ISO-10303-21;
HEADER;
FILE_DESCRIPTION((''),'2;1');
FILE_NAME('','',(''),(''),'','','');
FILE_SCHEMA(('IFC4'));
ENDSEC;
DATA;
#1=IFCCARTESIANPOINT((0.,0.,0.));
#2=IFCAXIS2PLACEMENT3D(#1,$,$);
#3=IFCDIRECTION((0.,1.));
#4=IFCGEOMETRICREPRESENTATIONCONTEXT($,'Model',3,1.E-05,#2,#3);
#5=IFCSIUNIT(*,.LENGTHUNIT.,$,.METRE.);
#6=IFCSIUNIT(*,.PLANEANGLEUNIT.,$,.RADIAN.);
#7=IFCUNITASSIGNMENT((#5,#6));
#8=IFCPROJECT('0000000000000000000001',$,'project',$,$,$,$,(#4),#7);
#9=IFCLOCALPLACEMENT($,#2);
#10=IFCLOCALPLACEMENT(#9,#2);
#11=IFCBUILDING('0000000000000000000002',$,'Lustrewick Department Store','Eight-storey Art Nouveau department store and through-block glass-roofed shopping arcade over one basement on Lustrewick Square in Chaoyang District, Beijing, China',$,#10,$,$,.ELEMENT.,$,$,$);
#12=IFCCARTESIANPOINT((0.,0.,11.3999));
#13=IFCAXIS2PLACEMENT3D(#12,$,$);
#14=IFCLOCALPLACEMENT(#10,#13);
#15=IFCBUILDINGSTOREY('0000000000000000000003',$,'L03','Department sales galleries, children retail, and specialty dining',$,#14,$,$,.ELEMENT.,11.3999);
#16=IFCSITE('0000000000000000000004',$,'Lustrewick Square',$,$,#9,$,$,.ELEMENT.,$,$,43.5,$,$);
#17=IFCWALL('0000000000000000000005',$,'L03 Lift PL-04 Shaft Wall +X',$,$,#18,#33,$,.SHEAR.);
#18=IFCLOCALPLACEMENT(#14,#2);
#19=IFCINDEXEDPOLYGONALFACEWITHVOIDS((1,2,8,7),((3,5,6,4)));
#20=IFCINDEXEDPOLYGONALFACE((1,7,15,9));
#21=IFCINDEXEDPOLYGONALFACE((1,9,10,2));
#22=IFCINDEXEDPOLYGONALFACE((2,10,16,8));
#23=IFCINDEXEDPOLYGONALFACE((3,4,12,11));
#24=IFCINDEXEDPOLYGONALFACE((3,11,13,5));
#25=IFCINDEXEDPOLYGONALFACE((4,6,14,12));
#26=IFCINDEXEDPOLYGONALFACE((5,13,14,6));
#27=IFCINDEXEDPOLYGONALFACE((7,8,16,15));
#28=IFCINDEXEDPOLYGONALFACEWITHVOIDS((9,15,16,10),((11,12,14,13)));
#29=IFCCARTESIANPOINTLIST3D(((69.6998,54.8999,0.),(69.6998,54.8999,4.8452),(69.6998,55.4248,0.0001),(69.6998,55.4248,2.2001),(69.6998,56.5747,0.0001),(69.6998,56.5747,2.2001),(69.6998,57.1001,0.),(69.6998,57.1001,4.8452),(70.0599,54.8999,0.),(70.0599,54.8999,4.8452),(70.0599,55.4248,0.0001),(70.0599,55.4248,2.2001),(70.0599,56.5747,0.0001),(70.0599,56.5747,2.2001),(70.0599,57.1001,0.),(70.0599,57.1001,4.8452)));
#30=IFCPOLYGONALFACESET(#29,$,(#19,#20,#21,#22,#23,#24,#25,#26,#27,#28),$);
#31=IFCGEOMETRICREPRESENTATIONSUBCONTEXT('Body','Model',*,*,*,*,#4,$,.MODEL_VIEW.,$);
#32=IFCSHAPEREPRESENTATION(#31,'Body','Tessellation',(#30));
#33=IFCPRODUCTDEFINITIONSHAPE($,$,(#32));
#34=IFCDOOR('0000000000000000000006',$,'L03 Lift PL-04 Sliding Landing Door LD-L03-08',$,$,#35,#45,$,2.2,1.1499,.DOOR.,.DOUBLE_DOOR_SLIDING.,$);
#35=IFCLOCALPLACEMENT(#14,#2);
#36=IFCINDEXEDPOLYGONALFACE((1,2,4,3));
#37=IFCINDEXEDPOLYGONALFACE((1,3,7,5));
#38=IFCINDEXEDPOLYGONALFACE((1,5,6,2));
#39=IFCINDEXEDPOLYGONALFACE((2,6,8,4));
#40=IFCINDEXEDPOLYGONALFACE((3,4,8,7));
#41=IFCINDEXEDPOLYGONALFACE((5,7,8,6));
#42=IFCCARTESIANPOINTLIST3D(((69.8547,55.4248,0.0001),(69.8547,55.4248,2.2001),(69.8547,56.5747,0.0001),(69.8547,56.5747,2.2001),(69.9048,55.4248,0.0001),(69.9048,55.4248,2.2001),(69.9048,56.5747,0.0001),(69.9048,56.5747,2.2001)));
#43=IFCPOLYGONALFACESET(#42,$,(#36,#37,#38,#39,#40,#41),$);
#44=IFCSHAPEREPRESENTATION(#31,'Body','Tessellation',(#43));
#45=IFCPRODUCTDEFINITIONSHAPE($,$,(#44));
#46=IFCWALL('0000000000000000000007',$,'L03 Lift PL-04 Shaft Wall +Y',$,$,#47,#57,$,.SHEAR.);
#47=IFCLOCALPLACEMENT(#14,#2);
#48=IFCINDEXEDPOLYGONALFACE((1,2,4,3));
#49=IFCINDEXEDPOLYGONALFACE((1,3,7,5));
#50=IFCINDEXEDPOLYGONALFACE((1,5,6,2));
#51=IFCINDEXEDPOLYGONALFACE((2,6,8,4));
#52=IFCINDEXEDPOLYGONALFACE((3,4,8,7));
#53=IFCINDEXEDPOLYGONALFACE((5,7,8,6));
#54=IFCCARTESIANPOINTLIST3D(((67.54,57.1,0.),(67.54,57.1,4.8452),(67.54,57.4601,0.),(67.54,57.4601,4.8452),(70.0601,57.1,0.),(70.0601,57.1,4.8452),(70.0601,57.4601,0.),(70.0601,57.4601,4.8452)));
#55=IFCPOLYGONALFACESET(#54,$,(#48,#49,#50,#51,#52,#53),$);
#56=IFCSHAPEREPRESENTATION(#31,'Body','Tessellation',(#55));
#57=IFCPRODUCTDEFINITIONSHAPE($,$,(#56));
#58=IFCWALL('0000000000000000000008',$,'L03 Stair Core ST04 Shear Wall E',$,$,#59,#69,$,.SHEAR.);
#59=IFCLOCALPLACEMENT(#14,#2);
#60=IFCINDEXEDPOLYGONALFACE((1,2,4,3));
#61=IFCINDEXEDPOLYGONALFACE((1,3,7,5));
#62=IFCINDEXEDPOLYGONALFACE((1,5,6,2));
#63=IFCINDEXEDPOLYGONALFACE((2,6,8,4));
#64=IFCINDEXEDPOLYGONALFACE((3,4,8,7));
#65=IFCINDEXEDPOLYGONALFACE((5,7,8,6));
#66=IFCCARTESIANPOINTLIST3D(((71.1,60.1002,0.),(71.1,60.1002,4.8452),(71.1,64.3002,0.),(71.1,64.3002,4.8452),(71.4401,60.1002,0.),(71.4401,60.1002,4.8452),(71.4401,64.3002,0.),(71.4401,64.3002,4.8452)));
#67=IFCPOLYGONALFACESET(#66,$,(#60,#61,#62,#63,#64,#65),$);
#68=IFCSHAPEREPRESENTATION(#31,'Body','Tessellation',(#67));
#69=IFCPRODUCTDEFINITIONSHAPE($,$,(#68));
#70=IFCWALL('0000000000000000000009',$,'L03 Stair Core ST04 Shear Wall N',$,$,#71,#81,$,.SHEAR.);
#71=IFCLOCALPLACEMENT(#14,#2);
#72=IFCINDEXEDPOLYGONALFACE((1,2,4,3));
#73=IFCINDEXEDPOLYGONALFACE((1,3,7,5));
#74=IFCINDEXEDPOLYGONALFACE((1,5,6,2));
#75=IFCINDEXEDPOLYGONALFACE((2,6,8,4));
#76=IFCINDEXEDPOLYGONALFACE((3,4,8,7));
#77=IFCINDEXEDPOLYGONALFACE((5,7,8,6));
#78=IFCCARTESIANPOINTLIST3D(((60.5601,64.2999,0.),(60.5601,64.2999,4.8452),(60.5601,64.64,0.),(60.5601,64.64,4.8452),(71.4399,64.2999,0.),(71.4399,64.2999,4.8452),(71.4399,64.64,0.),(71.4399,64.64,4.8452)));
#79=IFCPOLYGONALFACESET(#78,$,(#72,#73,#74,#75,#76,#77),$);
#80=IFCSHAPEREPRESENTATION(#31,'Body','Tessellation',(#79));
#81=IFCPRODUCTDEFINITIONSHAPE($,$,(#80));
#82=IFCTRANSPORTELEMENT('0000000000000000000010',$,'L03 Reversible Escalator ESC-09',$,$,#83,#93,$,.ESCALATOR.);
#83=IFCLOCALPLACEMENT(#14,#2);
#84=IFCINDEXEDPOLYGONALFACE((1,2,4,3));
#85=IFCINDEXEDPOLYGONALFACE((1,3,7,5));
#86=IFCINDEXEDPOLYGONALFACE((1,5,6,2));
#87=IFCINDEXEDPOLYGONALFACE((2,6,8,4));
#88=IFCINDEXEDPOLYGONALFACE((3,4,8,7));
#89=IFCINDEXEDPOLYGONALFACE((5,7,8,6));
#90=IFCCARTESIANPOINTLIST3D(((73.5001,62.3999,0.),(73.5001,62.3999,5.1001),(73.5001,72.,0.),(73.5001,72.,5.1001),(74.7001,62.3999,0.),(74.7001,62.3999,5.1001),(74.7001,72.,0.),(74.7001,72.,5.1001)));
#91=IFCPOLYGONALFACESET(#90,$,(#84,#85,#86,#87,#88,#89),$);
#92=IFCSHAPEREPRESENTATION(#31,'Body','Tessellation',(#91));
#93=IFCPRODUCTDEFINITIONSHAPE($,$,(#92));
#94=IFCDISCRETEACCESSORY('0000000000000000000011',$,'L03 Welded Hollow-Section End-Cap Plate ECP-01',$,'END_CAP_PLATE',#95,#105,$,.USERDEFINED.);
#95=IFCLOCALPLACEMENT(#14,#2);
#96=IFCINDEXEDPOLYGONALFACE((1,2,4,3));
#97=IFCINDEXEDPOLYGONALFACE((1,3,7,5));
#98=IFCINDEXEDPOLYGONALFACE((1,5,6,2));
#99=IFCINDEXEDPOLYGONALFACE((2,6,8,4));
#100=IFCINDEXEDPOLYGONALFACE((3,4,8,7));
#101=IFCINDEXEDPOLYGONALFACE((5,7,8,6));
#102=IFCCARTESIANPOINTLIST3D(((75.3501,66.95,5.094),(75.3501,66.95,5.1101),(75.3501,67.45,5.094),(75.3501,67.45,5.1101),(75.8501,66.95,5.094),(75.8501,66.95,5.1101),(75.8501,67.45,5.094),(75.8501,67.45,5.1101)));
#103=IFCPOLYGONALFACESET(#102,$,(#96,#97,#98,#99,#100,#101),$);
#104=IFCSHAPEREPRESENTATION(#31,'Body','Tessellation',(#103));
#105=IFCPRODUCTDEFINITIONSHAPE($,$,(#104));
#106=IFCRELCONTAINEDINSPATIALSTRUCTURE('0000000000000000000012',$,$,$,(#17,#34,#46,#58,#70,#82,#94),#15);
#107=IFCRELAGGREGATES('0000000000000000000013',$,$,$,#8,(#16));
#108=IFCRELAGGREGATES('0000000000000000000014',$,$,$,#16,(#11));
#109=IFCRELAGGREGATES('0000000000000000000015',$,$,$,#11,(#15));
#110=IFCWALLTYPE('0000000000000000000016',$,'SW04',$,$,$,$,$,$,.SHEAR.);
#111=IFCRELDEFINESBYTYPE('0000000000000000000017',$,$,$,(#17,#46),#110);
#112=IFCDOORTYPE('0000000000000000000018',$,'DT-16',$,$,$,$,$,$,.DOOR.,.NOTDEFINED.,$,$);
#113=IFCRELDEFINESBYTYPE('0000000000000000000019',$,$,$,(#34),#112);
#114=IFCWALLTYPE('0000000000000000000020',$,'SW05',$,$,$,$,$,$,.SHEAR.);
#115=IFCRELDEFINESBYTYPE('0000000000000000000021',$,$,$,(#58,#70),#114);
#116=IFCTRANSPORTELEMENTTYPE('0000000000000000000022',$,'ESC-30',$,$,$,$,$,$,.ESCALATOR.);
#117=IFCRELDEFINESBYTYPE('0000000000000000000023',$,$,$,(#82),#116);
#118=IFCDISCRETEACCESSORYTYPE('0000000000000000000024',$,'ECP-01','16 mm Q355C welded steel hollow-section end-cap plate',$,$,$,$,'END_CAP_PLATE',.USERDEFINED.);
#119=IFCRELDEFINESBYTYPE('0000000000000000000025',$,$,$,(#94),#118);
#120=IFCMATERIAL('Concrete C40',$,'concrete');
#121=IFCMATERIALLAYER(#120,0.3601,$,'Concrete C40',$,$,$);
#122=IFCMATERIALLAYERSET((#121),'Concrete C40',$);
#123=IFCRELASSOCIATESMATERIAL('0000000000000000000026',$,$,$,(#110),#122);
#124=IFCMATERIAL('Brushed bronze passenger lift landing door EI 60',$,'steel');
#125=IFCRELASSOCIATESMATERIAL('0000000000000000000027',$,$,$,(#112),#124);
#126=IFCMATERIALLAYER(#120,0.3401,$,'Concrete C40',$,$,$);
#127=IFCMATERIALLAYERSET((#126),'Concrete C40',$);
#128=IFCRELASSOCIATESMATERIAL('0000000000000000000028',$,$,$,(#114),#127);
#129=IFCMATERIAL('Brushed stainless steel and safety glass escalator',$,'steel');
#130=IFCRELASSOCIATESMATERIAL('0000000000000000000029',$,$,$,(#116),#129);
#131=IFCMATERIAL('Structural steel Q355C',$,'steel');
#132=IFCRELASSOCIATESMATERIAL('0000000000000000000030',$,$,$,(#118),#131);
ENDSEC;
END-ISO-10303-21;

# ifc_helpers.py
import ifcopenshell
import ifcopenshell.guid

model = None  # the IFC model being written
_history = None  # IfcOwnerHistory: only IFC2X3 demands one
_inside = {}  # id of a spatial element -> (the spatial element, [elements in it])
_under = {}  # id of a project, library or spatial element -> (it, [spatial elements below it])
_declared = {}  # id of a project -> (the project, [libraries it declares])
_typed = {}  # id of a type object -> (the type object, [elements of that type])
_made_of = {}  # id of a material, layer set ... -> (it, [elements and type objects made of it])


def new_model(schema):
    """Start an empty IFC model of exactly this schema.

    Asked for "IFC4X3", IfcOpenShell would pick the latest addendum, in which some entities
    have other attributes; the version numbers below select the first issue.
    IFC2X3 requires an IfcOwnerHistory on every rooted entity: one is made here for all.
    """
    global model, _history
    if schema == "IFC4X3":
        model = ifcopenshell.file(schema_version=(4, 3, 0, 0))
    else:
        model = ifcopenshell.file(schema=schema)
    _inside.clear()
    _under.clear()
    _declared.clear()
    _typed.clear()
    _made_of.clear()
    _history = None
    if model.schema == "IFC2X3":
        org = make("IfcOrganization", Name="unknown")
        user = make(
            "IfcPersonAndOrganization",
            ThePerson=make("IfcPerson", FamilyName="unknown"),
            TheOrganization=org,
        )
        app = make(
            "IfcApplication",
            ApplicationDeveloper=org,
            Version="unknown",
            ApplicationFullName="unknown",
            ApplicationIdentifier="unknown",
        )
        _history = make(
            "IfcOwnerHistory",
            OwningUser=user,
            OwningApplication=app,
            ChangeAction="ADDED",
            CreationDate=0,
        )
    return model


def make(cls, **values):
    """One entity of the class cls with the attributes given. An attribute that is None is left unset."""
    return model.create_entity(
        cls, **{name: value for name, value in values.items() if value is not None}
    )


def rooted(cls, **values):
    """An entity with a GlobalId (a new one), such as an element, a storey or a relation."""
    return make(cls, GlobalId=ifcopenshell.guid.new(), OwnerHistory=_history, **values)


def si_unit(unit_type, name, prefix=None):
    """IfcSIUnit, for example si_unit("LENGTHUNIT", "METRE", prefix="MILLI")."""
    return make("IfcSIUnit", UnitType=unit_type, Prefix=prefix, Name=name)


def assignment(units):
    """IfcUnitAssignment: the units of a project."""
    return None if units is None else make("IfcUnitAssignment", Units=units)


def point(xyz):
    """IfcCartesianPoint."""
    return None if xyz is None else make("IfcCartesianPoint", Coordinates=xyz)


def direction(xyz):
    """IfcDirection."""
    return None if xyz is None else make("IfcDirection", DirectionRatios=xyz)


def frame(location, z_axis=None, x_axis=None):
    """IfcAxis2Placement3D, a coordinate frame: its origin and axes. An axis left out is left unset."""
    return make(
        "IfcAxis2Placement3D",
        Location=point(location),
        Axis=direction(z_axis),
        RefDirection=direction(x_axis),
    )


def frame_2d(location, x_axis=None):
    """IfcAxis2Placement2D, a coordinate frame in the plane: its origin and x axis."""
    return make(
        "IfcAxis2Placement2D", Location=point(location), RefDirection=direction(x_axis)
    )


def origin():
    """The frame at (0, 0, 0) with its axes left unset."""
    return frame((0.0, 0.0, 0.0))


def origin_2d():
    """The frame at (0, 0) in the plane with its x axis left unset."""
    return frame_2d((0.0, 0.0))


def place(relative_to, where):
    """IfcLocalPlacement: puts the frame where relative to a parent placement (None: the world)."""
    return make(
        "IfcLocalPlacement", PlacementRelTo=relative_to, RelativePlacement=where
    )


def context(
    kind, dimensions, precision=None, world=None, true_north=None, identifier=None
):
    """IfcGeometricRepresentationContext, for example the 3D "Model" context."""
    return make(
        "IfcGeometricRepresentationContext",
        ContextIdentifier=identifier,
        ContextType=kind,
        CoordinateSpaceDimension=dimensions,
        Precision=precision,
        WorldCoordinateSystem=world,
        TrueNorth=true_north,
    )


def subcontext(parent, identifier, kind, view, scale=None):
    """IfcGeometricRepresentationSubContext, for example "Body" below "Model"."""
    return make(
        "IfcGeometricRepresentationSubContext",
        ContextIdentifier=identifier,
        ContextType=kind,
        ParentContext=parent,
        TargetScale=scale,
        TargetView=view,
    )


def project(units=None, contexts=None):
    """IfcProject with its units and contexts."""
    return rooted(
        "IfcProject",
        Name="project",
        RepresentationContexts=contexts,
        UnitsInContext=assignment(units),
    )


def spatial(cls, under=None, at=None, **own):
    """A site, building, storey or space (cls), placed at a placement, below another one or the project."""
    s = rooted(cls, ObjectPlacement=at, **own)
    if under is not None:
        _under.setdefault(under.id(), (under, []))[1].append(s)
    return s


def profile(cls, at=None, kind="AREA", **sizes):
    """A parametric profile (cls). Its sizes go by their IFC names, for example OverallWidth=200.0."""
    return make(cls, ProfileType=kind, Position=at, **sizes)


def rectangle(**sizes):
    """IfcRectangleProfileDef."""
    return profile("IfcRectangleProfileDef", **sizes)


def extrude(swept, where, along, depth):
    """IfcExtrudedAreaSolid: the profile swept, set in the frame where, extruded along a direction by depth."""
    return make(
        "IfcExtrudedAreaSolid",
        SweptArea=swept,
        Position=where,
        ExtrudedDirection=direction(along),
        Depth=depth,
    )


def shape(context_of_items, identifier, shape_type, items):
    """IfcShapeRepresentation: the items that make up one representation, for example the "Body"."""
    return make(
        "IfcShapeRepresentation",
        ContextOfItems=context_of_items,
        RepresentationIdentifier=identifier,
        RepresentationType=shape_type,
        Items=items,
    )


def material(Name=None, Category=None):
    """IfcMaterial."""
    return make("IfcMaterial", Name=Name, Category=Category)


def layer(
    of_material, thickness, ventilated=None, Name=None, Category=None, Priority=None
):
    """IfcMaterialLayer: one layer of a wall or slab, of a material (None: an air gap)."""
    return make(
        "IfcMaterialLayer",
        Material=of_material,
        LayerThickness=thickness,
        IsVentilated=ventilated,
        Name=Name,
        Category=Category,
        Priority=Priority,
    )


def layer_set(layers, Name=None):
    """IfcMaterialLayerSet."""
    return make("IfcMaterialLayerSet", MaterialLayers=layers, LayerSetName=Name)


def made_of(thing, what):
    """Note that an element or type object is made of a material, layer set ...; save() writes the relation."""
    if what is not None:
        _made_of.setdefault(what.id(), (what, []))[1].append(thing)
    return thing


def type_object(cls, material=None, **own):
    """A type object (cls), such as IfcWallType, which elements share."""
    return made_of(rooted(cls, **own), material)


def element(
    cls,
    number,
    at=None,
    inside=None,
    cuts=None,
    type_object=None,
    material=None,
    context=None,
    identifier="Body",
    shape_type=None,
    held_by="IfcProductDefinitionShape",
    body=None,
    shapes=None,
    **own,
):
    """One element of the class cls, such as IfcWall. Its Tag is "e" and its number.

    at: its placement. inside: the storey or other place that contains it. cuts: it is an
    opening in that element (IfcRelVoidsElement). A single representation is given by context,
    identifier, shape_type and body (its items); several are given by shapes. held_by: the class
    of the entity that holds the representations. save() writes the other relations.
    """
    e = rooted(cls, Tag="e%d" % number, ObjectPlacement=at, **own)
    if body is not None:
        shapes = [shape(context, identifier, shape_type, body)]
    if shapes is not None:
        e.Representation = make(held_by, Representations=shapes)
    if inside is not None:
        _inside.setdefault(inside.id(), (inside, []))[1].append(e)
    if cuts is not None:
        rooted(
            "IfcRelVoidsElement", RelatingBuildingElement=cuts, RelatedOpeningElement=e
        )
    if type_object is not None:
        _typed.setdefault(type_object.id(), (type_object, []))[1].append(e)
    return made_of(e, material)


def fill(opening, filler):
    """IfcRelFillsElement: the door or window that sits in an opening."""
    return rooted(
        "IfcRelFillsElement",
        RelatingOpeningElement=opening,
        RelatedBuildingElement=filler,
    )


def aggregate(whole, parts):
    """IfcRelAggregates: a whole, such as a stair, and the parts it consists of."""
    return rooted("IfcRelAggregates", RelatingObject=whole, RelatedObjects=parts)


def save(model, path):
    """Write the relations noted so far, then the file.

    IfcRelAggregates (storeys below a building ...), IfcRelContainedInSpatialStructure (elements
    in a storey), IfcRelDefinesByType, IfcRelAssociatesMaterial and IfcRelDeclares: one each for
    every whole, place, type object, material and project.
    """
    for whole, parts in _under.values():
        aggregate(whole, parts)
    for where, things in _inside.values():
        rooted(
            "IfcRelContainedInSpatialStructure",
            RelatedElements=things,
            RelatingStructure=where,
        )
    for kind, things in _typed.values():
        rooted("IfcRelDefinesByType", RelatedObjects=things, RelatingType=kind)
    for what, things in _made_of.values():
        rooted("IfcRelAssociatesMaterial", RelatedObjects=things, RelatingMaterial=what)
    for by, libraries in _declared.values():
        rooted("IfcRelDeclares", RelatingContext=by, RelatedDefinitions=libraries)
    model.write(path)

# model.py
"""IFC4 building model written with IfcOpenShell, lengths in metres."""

from ifc_helpers import new_model, si_unit, direction, frame, frame_2d, origin, origin_2d, place, context, subcontext, project, spatial, rectangle, extrude, material, layer, layer_set, type_object, element, fill, save


model = new_model("IFC4")

# Units and contexts
model_context = context("Model", 3, precision=1e-05, world=origin(), true_north=direction((0.0, 1.0)))
body_context = subcontext(model_context, "Body", "Model", "MODEL_VIEW")
ifc_project = project(units=[si_unit("LENGTHUNIT", "METRE"), si_unit("PLANEANGLEUNIT", "RADIAN")], contexts=[model_context])

# Site, building, storey
site_placement = place(None, origin())
site = spatial("IfcSite", under=ifc_project, at=site_placement, Name="Lustrewick Square", CompositionType="ELEMENT", RefElevation=43.5)
building_placement = place(site_placement, origin())
building = spatial("IfcBuilding", under=site, at=building_placement, Name="Lustrewick Department Store", Description="Eight-storey Art Nouveau department store and through-block glass-roofed shopping arcade over one basement on Lustrewick Square in Chaoyang District, Beijing, China", CompositionType="ELEMENT")
storey_placement = place(building_placement, frame((0.0, 0.0, 11.3999)))
storey = spatial("IfcBuildingStorey", under=building, at=storey_placement, Name="L03", Description="Department sales galleries, children retail, and specialty dining", CompositionType="ELEMENT", Elevation=11.3999)

# Shared definitions
ifc_material_1 = material(Name="Structural steel Q355C", Category="steel")

# Shared definitions
ifc_material_2 = material(Name="Concrete C40", Category="concrete")
ifc_layer_1 = layer(ifc_material_2, 0.3601, Name="Concrete C40")
ifc_layer_set_1 = layer_set([ifc_layer_1], Name="Concrete C40")
wall_type_1 = type_object("IfcWallType", Name="SW04", PredefinedType="SHEAR", material=ifc_layer_set_1)

# Wall, opening, door
wall_1_placement = place(storey_placement, frame((69.8799, 54.8999, 0.0), z_axis=(0.0, 0.0, 1.0), x_axis=(0.0, 1.0, 0.0)))
wall_1 = element("IfcWall", 1, at=wall_1_placement, inside=storey, type_object=wall_type_1, Name="L03 Lift PL-04 Shaft Wall +X", PredefinedType="SHEAR", context=body_context, shape_type="SweptSolid", body=[
    extrude(rectangle(XDim=2.2002, YDim=0.3601, at=frame_2d((1.1001, 0.0))), origin(), (0.0, 0.0, 1.0), 4.8452),
])
opening_1_placement = place(wall_1_placement, frame((0.5249, 0.0, 0.0)))
opening_1 = element("IfcOpeningElement", 2, at=opening_1_placement, cuts=wall_1, PredefinedType="OPENING", context=body_context, shape_type="SweptSolid", body=[
    extrude(rectangle(XDim=1.1499, YDim=2.2, at=frame_2d((0.575, 1.1001))), frame((0.0, 0.1899, 0.0), z_axis=(0.0, -1.0, 0.0), x_axis=(1.0, 0.0, 0.0)), (0.0, 0.0, 1.0), 0.3801),
])
ifc_material_3 = material(Name="Brushed bronze passenger lift landing door EI 60", Category="steel")
door_type_1 = type_object("IfcDoorType", Name="DT-16", OperationType="NOTDEFINED", PredefinedType="DOOR", material=ifc_material_3)
door_1_placement = place(opening_1_placement, frame((1.1499, 0.0, 0.0), z_axis=(0.0, 0.0, 1.0), x_axis=(-1.0, 0.0, 0.0)))
door_1 = element("IfcDoor", 3, at=door_1_placement, inside=storey, type_object=door_type_1, Name="L03 Lift PL-04 Sliding Landing Door LD-L03-08", OperationType="DOUBLE_DOOR_SLIDING", OverallHeight=2.2, OverallWidth=1.1499, PredefinedType="DOOR", context=body_context, shape_type="SweptSolid", body=[
    extrude(rectangle(XDim=1.1499, YDim=2.2, at=frame_2d((0.575, 1.1001))), frame((0.0, 0.0249, 0.0), z_axis=(0.0, -1.0, 0.0), x_axis=(1.0, 0.0, 0.0)), (0.0, 0.0, 1.0), 0.05),
])
fill(opening_1, door_1)

# Walls
wall_2_placement = place(storey_placement, frame((70.0601, 57.28, 0.0), z_axis=(0.0, 0.0, 1.0), x_axis=(-1.0, 0.0, 0.0)))
element("IfcWall", 4, at=wall_2_placement, inside=storey, type_object=wall_type_1, Name="L03 Lift PL-04 Shaft Wall +Y", PredefinedType="SHEAR", context=body_context, shape_type="SweptSolid", body=[
    extrude(rectangle(XDim=2.52, YDim=0.3601, at=frame_2d((1.26, 0.0))), origin(), (0.0, 0.0, 1.0), 4.8452),
])
ifc_layer_2 = layer(ifc_material_2, 0.3401, Name="Concrete C40")
ifc_layer_set_2 = layer_set([ifc_layer_2], Name="Concrete C40")
wall_type_2 = type_object("IfcWallType", Name="SW05", PredefinedType="SHEAR", material=ifc_layer_set_2)
wall_3_placement = place(storey_placement, frame((71.27, 60.1001, 0.0), z_axis=(0.0, 0.0, 1.0), x_axis=(0.0, 1.0, 0.0)))
element("IfcWall", 5, at=wall_3_placement, inside=storey, type_object=wall_type_2, Name="L03 Stair Core ST04 Shear Wall E", PredefinedType="SHEAR", context=body_context, shape_type="SweptSolid", body=[
    extrude(rectangle(XDim=4.2, YDim=0.3401, at=frame_2d((2.1001, 0.0))), origin(), (0.0, 0.0, 1.0), 4.8452),
])
wall_4_placement = place(storey_placement, frame((71.4399, 64.47, 0.0), z_axis=(0.0, 0.0, 1.0), x_axis=(-1.0, 0.0, 0.0)))
element("IfcWall", 6, at=wall_4_placement, inside=storey, type_object=wall_type_2, Name="L03 Stair Core ST04 Shear Wall N", PredefinedType="SHEAR", context=body_context, shape_type="SweptSolid", body=[
    extrude(rectangle(XDim=10.8799, YDim=0.3401, at=frame_2d((5.4399, 0.0))), origin(), (0.0, 0.0, 1.0), 4.8452),
])

# Transport element
ifc_material_4 = material(Name="Brushed stainless steel and safety glass escalator", Category="steel")
transport_element_type = type_object("IfcTransportElementType", Name="ESC-30", PredefinedType="ESCALATOR", material=ifc_material_4)
transport_element_placement = place(storey_placement, frame((74.1001, 67.2, 0.0), z_axis=(0.0, 0.0, 1.0), x_axis=(1.0, 0.0, 0.0)))
element("IfcTransportElement", 7, at=transport_element_placement, inside=storey, type_object=transport_element_type, Name="L03 Reversible Escalator ESC-09", PredefinedType="ESCALATOR", context=body_context, shape_type="SweptSolid", body=[
    extrude(rectangle(XDim=1.2, YDim=9.6001, at=origin_2d()), origin(), (0.0, 0.0, 1.0), 5.1001),
])

# Discrete accessory
discrete_accessory_type = type_object("IfcDiscreteAccessoryType", Name="ECP-01", Description="16 mm Q355C welded steel hollow-section end-cap plate", ElementType="END_CAP_PLATE", PredefinedType="USERDEFINED", material=ifc_material_1)
discrete_accessory_placement = place(storey_placement, frame((75.6001, 67.2, 5.094), z_axis=(0.0, 0.0, 1.0), x_axis=(1.0, 0.0, 0.0)))
element("IfcDiscreteAccessory", 8, at=discrete_accessory_placement, inside=storey, type_object=discrete_accessory_type, Name="L03 Welded Hollow-Section End-Cap Plate ECP-01", ObjectType="END_CAP_PLATE", PredefinedType="USERDEFINED", context=body_context, shape_type="SweptSolid", body=[
    extrude(rectangle(XDim=0.5, YDim=0.5, at=origin_2d()), origin(), (0.0, 0.0, 1.0), 0.0161),
])

save(model, "model.ifc")
